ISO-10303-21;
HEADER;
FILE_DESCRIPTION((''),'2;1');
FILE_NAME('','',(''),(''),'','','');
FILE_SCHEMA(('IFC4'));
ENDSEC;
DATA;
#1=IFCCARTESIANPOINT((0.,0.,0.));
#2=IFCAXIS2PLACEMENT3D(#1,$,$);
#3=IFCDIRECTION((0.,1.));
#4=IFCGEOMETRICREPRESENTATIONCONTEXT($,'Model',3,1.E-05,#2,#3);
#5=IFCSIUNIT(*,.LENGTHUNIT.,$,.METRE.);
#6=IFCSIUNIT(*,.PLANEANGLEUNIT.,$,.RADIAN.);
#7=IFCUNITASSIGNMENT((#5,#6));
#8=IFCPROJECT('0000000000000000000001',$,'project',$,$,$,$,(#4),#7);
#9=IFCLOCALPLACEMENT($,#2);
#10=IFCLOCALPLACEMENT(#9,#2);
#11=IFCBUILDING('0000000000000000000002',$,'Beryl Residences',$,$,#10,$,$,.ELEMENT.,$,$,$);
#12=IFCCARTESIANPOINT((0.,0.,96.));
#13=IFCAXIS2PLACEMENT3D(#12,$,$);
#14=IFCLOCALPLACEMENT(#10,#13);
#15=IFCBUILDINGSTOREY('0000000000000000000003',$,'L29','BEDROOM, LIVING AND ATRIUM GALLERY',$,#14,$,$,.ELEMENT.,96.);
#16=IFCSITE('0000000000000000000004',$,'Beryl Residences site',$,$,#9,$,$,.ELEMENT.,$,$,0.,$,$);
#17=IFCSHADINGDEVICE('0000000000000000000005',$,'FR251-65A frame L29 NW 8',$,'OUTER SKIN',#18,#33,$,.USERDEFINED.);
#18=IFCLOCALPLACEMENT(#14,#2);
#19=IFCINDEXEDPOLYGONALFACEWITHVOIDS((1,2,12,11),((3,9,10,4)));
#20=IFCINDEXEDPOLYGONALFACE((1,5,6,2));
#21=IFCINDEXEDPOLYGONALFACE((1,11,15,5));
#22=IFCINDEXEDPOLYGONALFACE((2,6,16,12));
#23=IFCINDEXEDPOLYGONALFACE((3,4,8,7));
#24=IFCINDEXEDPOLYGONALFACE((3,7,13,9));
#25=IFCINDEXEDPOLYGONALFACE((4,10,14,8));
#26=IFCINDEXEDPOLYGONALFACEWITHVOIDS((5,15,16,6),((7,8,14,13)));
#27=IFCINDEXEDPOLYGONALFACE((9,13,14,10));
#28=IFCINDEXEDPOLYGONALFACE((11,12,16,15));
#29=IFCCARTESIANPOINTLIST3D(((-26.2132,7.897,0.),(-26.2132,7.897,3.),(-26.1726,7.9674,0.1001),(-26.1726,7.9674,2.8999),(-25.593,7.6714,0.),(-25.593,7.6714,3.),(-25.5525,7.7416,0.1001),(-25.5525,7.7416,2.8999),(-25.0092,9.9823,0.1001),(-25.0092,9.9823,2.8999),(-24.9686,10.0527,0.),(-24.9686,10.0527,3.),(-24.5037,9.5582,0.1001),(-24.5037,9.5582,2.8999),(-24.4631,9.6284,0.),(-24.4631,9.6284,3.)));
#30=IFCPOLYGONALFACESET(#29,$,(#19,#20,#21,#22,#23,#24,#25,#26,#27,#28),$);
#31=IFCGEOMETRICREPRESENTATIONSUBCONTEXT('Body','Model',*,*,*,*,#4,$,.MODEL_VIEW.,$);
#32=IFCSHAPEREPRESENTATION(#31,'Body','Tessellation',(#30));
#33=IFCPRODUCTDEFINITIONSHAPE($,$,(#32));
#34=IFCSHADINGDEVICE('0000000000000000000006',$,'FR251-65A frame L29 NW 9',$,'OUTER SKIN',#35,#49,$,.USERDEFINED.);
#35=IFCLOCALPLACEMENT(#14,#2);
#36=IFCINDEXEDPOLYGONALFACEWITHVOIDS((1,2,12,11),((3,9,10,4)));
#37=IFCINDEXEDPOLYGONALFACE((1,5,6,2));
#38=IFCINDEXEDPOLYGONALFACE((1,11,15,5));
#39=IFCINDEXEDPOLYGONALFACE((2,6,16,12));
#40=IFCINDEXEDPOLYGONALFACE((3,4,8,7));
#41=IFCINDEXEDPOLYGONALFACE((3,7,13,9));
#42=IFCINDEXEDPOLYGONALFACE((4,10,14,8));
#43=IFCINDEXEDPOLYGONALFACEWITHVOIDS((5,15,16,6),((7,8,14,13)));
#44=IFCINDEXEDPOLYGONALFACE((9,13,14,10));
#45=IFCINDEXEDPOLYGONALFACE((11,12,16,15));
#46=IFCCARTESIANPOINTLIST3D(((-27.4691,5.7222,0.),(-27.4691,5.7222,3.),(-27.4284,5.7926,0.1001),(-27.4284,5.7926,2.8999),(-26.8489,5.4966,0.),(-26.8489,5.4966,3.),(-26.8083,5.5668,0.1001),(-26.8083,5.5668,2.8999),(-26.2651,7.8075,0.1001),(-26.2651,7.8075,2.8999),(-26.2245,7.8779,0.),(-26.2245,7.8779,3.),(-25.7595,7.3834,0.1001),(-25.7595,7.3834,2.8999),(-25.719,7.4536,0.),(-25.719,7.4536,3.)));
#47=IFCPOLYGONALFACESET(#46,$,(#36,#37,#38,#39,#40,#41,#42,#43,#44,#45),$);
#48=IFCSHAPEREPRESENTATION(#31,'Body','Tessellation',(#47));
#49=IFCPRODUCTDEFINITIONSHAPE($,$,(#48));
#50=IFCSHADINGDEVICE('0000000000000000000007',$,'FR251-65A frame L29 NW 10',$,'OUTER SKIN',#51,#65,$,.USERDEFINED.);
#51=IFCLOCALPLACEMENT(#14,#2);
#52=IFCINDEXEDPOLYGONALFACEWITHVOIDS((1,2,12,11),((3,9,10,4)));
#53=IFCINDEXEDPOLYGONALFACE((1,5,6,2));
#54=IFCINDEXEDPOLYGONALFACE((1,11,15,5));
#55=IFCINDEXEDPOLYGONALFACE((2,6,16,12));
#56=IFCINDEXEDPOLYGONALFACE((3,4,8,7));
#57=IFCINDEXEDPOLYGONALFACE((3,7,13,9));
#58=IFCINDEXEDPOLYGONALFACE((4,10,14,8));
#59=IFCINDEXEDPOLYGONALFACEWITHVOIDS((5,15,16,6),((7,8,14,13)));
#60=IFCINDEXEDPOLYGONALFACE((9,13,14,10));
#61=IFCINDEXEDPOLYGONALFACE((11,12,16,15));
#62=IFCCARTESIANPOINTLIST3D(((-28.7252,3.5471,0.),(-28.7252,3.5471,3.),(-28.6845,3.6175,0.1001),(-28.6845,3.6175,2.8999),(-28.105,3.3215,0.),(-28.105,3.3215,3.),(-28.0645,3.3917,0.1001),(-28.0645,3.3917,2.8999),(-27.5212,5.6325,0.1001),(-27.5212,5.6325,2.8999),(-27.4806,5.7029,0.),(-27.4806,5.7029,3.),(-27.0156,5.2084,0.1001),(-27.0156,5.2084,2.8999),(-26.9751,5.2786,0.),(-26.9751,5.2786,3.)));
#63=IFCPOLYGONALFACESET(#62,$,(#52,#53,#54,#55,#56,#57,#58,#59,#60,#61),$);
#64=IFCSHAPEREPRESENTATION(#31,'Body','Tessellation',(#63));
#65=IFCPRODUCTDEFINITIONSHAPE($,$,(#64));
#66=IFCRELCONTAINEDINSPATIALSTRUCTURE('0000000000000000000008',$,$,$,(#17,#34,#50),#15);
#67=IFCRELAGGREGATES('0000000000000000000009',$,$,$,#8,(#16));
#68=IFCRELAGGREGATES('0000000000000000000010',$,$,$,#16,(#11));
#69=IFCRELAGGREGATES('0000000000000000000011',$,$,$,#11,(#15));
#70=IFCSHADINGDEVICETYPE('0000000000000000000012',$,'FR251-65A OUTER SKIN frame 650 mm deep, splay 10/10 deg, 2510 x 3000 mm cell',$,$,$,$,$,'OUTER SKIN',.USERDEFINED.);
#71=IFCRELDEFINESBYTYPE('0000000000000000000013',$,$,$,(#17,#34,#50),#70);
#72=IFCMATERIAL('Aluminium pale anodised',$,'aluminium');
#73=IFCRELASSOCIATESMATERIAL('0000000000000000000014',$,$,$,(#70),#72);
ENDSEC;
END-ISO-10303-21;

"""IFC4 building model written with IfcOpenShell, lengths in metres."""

from ifc_helpers import new_model, entity, si_unit, direction, frame, origin, place, context, subcontext, project, spatial, source, transform, mapped, material, type_object, type_shapes, element, save


model = new_model("IFC4")

# Units and contexts
model_context = context("Model", 3, precision=1e-05, world=origin(), true_north=direction((0.0, 1.0)))
body_context = subcontext(model_context, "Body", "Model", "MODEL_VIEW")
ifc_project = project(units=[si_unit("LENGTHUNIT", "METRE"), si_unit("PLANEANGLEUNIT", "RADIAN")], contexts=[model_context])

# Site, building, storey
site_placement = place(None, origin())
site = spatial("IfcSite", under=ifc_project, at=site_placement, Name="Beryl Residences site", CompositionType="ELEMENT", RefElevation=0.0)
building_placement = place(site_placement, origin())
building = spatial("IfcBuilding", under=site, at=building_placement, Name="Beryl Residences", CompositionType="ELEMENT")
storey_placement = place(building_placement, frame((0.0, 0.0, 96.0)))
storey = spatial("IfcBuildingStorey", under=building, at=storey_placement, Name="L29", Description="BEDROOM, LIVING AND ATRIUM GALLERY", CompositionType="ELEMENT", Elevation=96.0)

# Shading devices
ifc_material_1 = material(Name="Aluminium pale anodised", Category="aluminium")
shading_device_type_1 = type_object("IfcShadingDeviceType", Name="FR251-65A OUTER SKIN frame 650 mm deep, splay 10/10 deg, 2510 x 3000 mm cell", ElementType="OUTER SKIN", PredefinedType="USERDEFINED", material=ifc_material_1)
cartesian_point_1 = entity("IfcCartesianPoint", [-1.1299, 0.0])
cartesian_point_2 = entity("IfcCartesianPoint", [-1.0488, 0.1001])
cartesian_point_3 = entity("IfcCartesianPoint", [-1.2446, 0.0])
cartesian_point_4 = entity("IfcCartesianPoint", [-1.1633, 0.1001])
shared_shape_1 = source(origin(), body_context, "Body", "SweptSolid", [
    entity("IfcExtrudedAreaSolidTapered", entity("IfcArbitraryProfileDefWithVoids", "AREA", None, entity("IfcPolyline", [cartesian_point_1, entity("IfcCartesianPoint", [1.1299, 0.0]), entity("IfcCartesianPoint", [1.1299, 3.0]), entity("IfcCartesianPoint", [-1.1299, 3.0]), cartesian_point_1]), [entity("IfcPolyline", [cartesian_point_2, entity("IfcCartesianPoint", [1.0488, 0.1001]), entity("IfcCartesianPoint", [1.0488, 2.8999]), entity("IfcCartesianPoint", [-1.0488, 2.8999]), cartesian_point_2])]), entity("IfcAxis2Placement3D", entity("IfcCartesianPoint", [0.0, 0.0, 0.0]), entity("IfcDirection", [0.0, 1.0, 0.0]), entity("IfcDirection", [-1.0, 0.0, 0.0])), entity("IfcDirection", [0.0, 0.0, 1.0]), 0.6499, entity("IfcArbitraryProfileDefWithVoids", "AREA", None, entity("IfcPolyline", [cartesian_point_3, entity("IfcCartesianPoint", [1.2446, 0.0]), entity("IfcCartesianPoint", [1.2446, 3.0]), entity("IfcCartesianPoint", [-1.2446, 3.0]), cartesian_point_3]), [entity("IfcPolyline", [cartesian_point_4, entity("IfcCartesianPoint", [1.1633, 0.1001]), entity("IfcCartesianPoint", [1.1633, 2.8999]), entity("IfcCartesianPoint", [-1.1633, 2.8999]), cartesian_point_4])])),
])
type_shapes(shading_device_type_1, [shared_shape_1])
for number, where, z_axis, x_axis, name in (
    (1, (-25.0281, 8.6499, 0.0), (0.0, 0.0, 1.0), (0.5, 0.866025, 0.0), "FR251-65A frame L29 NW 8"),
    (2, (-26.2839, 6.4751, 0.0), (0.0, 0.0, 1.0), (0.5, 0.866025, 0.0), "FR251-65A frame L29 NW 9"),
    (3, (-27.54, 4.3, 0.0), (0.0, 0.0, 1.0), (0.5, 0.866025, 0.0), "FR251-65A frame L29 NW 10"),
):
    element("IfcShadingDevice", number, at=place(storey_placement, frame(where, z_axis=z_axis, x_axis=x_axis)), inside=storey, type_object=shading_device_type_1, Name=name, ObjectType="OUTER SKIN", PredefinedType="USERDEFINED", context=body_context, shape_type="MappedRepresentation", body=[
        mapped(shared_shape_1, transform((0.0, 0.0, 0.0))),
    ])

save(model, "model.ifc")
